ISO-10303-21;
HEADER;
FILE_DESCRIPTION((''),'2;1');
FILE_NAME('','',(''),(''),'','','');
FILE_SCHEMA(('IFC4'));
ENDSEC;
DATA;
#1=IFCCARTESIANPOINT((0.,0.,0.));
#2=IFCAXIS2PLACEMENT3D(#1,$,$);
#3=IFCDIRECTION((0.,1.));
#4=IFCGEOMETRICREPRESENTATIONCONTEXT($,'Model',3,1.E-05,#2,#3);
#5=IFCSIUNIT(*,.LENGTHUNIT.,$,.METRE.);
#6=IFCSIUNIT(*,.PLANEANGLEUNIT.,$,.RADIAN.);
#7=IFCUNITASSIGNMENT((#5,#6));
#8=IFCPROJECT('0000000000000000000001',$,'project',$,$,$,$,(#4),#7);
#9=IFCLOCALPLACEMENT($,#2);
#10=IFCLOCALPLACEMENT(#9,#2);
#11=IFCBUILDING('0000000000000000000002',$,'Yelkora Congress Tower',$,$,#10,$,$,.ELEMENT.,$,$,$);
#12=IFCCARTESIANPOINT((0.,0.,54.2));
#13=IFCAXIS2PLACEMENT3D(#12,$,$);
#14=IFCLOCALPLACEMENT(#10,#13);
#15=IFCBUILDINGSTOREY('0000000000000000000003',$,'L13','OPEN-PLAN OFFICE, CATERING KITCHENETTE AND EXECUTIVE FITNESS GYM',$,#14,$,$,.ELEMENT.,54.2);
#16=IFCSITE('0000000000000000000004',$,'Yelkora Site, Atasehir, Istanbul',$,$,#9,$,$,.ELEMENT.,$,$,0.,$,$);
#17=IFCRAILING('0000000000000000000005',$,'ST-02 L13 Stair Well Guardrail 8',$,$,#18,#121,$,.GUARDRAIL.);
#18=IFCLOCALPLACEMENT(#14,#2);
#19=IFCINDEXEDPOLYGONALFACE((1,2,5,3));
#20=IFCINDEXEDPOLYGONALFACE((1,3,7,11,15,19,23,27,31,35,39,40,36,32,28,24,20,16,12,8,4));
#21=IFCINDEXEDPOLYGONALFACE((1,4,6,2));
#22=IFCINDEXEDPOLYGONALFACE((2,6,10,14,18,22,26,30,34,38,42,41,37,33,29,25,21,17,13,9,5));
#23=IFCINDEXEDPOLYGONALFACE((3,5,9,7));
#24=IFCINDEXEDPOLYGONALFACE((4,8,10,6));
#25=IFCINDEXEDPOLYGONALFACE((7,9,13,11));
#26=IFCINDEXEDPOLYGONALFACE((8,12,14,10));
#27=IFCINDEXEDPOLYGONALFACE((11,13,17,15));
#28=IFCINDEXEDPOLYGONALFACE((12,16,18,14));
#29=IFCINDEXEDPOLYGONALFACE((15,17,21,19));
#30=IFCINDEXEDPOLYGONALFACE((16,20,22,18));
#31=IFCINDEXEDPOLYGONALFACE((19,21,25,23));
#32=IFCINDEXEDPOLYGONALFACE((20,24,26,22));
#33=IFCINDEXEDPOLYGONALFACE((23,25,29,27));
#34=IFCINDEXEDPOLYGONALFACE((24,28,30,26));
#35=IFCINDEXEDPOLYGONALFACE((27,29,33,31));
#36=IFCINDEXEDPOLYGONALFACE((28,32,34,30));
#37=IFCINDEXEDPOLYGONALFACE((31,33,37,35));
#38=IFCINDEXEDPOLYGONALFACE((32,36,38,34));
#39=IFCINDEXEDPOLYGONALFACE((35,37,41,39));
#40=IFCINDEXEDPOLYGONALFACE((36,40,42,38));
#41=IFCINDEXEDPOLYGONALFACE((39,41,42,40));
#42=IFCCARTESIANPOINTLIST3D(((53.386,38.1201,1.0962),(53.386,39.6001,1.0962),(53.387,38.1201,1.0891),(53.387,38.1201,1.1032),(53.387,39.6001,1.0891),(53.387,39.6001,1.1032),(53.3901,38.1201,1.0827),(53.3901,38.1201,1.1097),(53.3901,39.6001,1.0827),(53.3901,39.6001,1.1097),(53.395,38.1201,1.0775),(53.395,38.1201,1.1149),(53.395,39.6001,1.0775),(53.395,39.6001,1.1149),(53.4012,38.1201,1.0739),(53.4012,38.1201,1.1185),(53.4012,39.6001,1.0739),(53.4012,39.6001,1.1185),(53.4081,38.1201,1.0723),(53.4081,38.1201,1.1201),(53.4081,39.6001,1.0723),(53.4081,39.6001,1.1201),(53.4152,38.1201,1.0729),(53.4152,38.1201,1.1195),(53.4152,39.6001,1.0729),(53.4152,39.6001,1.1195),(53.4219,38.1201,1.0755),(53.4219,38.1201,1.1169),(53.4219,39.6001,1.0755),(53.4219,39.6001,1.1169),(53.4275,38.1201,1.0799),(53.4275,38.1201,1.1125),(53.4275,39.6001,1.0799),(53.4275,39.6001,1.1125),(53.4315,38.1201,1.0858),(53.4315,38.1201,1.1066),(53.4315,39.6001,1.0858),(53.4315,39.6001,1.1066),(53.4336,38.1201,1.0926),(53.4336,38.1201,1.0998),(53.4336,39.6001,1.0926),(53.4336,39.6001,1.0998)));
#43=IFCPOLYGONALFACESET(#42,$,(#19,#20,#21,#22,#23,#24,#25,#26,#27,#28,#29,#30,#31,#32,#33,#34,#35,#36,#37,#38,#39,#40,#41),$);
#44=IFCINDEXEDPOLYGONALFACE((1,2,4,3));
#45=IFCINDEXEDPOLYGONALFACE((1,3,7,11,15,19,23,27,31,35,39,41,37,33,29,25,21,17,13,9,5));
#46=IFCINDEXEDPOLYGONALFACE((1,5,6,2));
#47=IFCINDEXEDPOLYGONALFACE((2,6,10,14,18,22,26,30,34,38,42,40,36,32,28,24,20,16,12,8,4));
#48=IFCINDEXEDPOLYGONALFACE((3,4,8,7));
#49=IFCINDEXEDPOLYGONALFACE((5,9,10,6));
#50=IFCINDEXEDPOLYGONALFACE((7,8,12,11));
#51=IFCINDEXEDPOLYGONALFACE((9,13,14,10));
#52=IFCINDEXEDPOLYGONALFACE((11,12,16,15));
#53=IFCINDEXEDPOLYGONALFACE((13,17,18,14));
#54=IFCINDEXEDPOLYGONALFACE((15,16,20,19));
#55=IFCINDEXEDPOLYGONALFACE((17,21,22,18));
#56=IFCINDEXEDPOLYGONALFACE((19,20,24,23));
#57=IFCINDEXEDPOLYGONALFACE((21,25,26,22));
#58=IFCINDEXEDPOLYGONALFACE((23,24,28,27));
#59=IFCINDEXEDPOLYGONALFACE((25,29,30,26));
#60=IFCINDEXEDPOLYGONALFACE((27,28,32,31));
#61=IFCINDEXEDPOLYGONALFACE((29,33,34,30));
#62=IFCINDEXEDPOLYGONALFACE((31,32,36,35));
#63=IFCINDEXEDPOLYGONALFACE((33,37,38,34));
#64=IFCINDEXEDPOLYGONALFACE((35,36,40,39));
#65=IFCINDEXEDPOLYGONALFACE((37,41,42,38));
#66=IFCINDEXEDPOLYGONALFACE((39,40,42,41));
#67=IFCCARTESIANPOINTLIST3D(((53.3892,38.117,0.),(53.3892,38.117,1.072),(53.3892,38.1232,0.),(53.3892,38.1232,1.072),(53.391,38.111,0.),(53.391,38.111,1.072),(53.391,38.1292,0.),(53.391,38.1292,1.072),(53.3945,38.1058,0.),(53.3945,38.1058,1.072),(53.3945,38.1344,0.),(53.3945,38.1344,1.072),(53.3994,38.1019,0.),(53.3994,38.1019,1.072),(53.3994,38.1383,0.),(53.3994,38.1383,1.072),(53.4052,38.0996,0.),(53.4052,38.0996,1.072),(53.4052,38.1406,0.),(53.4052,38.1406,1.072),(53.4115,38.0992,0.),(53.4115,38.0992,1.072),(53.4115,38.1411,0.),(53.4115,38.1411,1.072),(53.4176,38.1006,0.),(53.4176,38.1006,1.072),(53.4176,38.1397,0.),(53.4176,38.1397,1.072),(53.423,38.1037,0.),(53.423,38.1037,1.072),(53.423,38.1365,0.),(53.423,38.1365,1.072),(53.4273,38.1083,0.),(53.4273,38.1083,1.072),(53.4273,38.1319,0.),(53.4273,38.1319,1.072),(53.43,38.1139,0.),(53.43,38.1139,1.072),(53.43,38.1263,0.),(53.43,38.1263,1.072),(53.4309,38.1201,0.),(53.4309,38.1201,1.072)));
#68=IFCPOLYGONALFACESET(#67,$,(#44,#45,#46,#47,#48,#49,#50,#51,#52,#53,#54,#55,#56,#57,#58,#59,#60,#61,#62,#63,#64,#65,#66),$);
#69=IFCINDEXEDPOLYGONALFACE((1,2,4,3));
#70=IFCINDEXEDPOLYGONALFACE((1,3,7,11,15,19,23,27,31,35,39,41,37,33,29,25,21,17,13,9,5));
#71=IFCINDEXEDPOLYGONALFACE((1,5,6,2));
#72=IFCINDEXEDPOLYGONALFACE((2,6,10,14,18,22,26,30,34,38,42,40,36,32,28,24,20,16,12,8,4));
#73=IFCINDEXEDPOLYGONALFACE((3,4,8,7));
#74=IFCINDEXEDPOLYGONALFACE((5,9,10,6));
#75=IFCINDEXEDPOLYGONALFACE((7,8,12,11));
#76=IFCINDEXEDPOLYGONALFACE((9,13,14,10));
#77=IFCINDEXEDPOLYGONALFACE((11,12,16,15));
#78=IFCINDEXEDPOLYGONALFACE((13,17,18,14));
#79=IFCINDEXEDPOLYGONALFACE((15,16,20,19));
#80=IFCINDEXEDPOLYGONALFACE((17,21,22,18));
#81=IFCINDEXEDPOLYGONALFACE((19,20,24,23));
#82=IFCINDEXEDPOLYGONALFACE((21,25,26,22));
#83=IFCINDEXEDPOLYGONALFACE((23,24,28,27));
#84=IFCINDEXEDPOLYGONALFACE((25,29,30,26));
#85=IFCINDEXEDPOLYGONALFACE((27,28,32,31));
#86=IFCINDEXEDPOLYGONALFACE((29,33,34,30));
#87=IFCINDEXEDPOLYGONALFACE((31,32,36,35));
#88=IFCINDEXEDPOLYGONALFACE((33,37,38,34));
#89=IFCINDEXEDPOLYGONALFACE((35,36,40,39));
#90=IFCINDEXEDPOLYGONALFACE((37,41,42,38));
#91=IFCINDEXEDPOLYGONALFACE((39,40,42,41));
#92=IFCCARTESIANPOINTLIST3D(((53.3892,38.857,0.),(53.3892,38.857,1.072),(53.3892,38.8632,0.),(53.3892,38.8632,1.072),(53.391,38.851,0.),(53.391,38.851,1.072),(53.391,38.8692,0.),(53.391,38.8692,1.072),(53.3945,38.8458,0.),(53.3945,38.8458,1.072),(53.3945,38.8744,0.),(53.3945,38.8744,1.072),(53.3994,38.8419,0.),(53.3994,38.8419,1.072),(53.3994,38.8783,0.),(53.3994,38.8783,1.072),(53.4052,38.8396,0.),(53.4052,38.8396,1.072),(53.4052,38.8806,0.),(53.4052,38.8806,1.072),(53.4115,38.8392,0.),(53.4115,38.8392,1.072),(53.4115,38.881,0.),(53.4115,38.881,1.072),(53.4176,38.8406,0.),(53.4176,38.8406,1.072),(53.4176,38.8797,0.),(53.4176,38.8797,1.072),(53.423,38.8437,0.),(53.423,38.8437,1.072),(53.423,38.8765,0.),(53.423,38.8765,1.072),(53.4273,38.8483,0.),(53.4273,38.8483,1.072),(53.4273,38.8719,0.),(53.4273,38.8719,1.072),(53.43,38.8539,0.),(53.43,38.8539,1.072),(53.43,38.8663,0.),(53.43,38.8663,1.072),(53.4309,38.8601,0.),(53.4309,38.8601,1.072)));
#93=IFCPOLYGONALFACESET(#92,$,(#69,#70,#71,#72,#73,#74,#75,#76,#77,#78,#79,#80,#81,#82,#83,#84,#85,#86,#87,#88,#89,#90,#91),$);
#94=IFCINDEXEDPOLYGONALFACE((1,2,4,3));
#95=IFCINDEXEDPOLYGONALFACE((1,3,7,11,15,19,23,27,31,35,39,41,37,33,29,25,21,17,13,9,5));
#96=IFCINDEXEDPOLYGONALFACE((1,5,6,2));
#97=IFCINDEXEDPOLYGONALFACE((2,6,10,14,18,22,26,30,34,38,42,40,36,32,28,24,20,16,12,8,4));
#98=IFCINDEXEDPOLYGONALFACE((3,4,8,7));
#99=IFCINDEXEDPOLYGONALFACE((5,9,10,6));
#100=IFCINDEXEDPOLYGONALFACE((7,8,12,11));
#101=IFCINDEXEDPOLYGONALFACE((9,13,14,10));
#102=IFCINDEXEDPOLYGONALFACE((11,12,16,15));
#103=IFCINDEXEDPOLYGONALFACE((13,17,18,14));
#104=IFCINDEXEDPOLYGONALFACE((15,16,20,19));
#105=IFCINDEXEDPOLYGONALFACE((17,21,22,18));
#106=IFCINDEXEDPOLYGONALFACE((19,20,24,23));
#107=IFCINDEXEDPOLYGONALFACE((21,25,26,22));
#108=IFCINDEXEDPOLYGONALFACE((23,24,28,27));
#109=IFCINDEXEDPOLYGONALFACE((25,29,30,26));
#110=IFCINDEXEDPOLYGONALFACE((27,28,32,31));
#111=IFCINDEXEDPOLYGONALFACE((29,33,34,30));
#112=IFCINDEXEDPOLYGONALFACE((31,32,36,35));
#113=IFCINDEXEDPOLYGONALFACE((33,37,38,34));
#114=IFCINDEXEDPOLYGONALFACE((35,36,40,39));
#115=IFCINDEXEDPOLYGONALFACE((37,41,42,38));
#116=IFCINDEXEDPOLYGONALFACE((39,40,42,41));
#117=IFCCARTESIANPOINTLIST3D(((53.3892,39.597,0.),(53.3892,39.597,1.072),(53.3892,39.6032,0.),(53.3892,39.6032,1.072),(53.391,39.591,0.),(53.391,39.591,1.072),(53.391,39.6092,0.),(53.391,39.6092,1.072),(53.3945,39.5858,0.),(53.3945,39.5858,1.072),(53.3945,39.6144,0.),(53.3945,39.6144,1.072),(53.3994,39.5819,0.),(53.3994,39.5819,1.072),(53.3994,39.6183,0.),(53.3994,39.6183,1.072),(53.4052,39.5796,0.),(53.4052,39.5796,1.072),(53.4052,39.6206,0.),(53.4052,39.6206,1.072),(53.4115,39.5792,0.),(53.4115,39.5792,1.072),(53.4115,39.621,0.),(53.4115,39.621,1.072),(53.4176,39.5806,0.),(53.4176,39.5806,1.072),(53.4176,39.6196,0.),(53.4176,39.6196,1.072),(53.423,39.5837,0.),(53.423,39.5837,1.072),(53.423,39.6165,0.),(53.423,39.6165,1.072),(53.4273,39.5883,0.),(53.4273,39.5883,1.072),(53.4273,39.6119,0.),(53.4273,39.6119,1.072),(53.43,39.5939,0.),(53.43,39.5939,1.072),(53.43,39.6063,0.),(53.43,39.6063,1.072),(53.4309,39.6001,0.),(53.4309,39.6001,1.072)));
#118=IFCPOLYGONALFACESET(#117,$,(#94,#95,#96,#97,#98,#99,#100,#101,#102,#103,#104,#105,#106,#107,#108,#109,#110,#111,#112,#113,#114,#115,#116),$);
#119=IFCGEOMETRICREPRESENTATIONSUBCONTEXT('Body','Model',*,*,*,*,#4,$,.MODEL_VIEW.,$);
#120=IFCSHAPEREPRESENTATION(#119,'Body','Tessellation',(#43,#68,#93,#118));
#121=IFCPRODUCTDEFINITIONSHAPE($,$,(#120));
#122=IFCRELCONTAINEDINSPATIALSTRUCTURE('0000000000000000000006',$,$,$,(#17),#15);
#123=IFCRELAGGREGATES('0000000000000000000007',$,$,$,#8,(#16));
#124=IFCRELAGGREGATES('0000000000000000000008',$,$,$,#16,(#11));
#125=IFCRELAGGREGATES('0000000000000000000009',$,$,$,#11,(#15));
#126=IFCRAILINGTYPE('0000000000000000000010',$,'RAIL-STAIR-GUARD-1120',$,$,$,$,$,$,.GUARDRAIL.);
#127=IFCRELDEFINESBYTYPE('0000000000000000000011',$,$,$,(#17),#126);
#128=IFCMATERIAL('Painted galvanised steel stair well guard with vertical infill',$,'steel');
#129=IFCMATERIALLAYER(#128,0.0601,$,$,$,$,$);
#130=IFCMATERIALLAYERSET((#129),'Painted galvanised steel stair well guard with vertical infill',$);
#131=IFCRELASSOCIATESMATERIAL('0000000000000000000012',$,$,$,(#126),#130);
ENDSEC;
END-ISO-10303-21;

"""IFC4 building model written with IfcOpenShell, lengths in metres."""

from ifc_helpers import new_model, si_unit, direction, frame, origin, origin_2d, place, context, subcontext, project, spatial, circle, extrude, material, layer, layer_set, type_object, element, save


model = new_model("IFC4")

# Units and contexts
model_context = context("Model", 3, precision=1e-05, world=origin(), true_north=direction((0.0, 1.0)))
body_context = subcontext(model_context, "Body", "Model", "MODEL_VIEW")
ifc_project = project(units=[si_unit("LENGTHUNIT", "METRE"), si_unit("PLANEANGLEUNIT", "RADIAN")], contexts=[model_context])

# Site, building, storey
site_placement = place(None, origin())
site = spatial("IfcSite", under=ifc_project, at=site_placement, Name="Yelkora Site, Atasehir, Istanbul", CompositionType="ELEMENT", RefElevation=0.0)
building_placement = place(site_placement, origin())
building = spatial("IfcBuilding", under=site, at=building_placement, Name="Yelkora Congress Tower", CompositionType="ELEMENT")
storey_placement = place(building_placement, frame((0.0, 0.0, 54.2)))
storey = spatial("IfcBuildingStorey", under=building, at=storey_placement, Name="L13", Description="OPEN-PLAN OFFICE, CATERING KITCHENETTE AND EXECUTIVE FITNESS GYM", CompositionType="ELEMENT", Elevation=54.2)

# Railing
ifc_material_1 = material(Name="Painted galvanised steel stair well guard with vertical infill", Category="steel")
ifc_layer_1 = layer(ifc_material_1, 0.0601)
ifc_layer_set_1 = layer_set([ifc_layer_1], Name="Painted galvanised steel stair well guard with vertical infill")
railing_type_1 = type_object("IfcRailingType", Name="RAIL-STAIR-GUARD-1120", PredefinedType="GUARDRAIL", material=ifc_layer_set_1)
railing_1_placement = place(storey_placement, frame((53.4099, 38.1201, 0.0)))
element("IfcRailing", 1, at=railing_1_placement, inside=storey, type_object=railing_type_1, Name="ST-02 L13 Stair Well Guardrail 8", PredefinedType="GUARDRAIL", context=body_context, shape_type="SweptSolid", body=[
    extrude(circle(Radius=0.0239, at=origin_2d()), frame((0.0, 0.0, 1.0962), z_axis=(0.0, 1.0, 0.0), x_axis=(-1.0, 0.0, 0.0)), (0.0, 0.0, 1.0), 1.48),
    extrude(circle(Radius=0.021, at=origin_2d()), origin(), (0.0, 0.0, 1.0), 1.072),
    extrude(circle(Radius=0.021, at=origin_2d()), frame((0.0, 0.74, 0.0)), (0.0, 0.0, 1.0), 1.072),
    extrude(circle(Radius=0.021, at=origin_2d()), frame((0.0, 1.48, 0.0)), (0.0, 0.0, 1.0), 1.072),
])

save(model, "model.ifc")
